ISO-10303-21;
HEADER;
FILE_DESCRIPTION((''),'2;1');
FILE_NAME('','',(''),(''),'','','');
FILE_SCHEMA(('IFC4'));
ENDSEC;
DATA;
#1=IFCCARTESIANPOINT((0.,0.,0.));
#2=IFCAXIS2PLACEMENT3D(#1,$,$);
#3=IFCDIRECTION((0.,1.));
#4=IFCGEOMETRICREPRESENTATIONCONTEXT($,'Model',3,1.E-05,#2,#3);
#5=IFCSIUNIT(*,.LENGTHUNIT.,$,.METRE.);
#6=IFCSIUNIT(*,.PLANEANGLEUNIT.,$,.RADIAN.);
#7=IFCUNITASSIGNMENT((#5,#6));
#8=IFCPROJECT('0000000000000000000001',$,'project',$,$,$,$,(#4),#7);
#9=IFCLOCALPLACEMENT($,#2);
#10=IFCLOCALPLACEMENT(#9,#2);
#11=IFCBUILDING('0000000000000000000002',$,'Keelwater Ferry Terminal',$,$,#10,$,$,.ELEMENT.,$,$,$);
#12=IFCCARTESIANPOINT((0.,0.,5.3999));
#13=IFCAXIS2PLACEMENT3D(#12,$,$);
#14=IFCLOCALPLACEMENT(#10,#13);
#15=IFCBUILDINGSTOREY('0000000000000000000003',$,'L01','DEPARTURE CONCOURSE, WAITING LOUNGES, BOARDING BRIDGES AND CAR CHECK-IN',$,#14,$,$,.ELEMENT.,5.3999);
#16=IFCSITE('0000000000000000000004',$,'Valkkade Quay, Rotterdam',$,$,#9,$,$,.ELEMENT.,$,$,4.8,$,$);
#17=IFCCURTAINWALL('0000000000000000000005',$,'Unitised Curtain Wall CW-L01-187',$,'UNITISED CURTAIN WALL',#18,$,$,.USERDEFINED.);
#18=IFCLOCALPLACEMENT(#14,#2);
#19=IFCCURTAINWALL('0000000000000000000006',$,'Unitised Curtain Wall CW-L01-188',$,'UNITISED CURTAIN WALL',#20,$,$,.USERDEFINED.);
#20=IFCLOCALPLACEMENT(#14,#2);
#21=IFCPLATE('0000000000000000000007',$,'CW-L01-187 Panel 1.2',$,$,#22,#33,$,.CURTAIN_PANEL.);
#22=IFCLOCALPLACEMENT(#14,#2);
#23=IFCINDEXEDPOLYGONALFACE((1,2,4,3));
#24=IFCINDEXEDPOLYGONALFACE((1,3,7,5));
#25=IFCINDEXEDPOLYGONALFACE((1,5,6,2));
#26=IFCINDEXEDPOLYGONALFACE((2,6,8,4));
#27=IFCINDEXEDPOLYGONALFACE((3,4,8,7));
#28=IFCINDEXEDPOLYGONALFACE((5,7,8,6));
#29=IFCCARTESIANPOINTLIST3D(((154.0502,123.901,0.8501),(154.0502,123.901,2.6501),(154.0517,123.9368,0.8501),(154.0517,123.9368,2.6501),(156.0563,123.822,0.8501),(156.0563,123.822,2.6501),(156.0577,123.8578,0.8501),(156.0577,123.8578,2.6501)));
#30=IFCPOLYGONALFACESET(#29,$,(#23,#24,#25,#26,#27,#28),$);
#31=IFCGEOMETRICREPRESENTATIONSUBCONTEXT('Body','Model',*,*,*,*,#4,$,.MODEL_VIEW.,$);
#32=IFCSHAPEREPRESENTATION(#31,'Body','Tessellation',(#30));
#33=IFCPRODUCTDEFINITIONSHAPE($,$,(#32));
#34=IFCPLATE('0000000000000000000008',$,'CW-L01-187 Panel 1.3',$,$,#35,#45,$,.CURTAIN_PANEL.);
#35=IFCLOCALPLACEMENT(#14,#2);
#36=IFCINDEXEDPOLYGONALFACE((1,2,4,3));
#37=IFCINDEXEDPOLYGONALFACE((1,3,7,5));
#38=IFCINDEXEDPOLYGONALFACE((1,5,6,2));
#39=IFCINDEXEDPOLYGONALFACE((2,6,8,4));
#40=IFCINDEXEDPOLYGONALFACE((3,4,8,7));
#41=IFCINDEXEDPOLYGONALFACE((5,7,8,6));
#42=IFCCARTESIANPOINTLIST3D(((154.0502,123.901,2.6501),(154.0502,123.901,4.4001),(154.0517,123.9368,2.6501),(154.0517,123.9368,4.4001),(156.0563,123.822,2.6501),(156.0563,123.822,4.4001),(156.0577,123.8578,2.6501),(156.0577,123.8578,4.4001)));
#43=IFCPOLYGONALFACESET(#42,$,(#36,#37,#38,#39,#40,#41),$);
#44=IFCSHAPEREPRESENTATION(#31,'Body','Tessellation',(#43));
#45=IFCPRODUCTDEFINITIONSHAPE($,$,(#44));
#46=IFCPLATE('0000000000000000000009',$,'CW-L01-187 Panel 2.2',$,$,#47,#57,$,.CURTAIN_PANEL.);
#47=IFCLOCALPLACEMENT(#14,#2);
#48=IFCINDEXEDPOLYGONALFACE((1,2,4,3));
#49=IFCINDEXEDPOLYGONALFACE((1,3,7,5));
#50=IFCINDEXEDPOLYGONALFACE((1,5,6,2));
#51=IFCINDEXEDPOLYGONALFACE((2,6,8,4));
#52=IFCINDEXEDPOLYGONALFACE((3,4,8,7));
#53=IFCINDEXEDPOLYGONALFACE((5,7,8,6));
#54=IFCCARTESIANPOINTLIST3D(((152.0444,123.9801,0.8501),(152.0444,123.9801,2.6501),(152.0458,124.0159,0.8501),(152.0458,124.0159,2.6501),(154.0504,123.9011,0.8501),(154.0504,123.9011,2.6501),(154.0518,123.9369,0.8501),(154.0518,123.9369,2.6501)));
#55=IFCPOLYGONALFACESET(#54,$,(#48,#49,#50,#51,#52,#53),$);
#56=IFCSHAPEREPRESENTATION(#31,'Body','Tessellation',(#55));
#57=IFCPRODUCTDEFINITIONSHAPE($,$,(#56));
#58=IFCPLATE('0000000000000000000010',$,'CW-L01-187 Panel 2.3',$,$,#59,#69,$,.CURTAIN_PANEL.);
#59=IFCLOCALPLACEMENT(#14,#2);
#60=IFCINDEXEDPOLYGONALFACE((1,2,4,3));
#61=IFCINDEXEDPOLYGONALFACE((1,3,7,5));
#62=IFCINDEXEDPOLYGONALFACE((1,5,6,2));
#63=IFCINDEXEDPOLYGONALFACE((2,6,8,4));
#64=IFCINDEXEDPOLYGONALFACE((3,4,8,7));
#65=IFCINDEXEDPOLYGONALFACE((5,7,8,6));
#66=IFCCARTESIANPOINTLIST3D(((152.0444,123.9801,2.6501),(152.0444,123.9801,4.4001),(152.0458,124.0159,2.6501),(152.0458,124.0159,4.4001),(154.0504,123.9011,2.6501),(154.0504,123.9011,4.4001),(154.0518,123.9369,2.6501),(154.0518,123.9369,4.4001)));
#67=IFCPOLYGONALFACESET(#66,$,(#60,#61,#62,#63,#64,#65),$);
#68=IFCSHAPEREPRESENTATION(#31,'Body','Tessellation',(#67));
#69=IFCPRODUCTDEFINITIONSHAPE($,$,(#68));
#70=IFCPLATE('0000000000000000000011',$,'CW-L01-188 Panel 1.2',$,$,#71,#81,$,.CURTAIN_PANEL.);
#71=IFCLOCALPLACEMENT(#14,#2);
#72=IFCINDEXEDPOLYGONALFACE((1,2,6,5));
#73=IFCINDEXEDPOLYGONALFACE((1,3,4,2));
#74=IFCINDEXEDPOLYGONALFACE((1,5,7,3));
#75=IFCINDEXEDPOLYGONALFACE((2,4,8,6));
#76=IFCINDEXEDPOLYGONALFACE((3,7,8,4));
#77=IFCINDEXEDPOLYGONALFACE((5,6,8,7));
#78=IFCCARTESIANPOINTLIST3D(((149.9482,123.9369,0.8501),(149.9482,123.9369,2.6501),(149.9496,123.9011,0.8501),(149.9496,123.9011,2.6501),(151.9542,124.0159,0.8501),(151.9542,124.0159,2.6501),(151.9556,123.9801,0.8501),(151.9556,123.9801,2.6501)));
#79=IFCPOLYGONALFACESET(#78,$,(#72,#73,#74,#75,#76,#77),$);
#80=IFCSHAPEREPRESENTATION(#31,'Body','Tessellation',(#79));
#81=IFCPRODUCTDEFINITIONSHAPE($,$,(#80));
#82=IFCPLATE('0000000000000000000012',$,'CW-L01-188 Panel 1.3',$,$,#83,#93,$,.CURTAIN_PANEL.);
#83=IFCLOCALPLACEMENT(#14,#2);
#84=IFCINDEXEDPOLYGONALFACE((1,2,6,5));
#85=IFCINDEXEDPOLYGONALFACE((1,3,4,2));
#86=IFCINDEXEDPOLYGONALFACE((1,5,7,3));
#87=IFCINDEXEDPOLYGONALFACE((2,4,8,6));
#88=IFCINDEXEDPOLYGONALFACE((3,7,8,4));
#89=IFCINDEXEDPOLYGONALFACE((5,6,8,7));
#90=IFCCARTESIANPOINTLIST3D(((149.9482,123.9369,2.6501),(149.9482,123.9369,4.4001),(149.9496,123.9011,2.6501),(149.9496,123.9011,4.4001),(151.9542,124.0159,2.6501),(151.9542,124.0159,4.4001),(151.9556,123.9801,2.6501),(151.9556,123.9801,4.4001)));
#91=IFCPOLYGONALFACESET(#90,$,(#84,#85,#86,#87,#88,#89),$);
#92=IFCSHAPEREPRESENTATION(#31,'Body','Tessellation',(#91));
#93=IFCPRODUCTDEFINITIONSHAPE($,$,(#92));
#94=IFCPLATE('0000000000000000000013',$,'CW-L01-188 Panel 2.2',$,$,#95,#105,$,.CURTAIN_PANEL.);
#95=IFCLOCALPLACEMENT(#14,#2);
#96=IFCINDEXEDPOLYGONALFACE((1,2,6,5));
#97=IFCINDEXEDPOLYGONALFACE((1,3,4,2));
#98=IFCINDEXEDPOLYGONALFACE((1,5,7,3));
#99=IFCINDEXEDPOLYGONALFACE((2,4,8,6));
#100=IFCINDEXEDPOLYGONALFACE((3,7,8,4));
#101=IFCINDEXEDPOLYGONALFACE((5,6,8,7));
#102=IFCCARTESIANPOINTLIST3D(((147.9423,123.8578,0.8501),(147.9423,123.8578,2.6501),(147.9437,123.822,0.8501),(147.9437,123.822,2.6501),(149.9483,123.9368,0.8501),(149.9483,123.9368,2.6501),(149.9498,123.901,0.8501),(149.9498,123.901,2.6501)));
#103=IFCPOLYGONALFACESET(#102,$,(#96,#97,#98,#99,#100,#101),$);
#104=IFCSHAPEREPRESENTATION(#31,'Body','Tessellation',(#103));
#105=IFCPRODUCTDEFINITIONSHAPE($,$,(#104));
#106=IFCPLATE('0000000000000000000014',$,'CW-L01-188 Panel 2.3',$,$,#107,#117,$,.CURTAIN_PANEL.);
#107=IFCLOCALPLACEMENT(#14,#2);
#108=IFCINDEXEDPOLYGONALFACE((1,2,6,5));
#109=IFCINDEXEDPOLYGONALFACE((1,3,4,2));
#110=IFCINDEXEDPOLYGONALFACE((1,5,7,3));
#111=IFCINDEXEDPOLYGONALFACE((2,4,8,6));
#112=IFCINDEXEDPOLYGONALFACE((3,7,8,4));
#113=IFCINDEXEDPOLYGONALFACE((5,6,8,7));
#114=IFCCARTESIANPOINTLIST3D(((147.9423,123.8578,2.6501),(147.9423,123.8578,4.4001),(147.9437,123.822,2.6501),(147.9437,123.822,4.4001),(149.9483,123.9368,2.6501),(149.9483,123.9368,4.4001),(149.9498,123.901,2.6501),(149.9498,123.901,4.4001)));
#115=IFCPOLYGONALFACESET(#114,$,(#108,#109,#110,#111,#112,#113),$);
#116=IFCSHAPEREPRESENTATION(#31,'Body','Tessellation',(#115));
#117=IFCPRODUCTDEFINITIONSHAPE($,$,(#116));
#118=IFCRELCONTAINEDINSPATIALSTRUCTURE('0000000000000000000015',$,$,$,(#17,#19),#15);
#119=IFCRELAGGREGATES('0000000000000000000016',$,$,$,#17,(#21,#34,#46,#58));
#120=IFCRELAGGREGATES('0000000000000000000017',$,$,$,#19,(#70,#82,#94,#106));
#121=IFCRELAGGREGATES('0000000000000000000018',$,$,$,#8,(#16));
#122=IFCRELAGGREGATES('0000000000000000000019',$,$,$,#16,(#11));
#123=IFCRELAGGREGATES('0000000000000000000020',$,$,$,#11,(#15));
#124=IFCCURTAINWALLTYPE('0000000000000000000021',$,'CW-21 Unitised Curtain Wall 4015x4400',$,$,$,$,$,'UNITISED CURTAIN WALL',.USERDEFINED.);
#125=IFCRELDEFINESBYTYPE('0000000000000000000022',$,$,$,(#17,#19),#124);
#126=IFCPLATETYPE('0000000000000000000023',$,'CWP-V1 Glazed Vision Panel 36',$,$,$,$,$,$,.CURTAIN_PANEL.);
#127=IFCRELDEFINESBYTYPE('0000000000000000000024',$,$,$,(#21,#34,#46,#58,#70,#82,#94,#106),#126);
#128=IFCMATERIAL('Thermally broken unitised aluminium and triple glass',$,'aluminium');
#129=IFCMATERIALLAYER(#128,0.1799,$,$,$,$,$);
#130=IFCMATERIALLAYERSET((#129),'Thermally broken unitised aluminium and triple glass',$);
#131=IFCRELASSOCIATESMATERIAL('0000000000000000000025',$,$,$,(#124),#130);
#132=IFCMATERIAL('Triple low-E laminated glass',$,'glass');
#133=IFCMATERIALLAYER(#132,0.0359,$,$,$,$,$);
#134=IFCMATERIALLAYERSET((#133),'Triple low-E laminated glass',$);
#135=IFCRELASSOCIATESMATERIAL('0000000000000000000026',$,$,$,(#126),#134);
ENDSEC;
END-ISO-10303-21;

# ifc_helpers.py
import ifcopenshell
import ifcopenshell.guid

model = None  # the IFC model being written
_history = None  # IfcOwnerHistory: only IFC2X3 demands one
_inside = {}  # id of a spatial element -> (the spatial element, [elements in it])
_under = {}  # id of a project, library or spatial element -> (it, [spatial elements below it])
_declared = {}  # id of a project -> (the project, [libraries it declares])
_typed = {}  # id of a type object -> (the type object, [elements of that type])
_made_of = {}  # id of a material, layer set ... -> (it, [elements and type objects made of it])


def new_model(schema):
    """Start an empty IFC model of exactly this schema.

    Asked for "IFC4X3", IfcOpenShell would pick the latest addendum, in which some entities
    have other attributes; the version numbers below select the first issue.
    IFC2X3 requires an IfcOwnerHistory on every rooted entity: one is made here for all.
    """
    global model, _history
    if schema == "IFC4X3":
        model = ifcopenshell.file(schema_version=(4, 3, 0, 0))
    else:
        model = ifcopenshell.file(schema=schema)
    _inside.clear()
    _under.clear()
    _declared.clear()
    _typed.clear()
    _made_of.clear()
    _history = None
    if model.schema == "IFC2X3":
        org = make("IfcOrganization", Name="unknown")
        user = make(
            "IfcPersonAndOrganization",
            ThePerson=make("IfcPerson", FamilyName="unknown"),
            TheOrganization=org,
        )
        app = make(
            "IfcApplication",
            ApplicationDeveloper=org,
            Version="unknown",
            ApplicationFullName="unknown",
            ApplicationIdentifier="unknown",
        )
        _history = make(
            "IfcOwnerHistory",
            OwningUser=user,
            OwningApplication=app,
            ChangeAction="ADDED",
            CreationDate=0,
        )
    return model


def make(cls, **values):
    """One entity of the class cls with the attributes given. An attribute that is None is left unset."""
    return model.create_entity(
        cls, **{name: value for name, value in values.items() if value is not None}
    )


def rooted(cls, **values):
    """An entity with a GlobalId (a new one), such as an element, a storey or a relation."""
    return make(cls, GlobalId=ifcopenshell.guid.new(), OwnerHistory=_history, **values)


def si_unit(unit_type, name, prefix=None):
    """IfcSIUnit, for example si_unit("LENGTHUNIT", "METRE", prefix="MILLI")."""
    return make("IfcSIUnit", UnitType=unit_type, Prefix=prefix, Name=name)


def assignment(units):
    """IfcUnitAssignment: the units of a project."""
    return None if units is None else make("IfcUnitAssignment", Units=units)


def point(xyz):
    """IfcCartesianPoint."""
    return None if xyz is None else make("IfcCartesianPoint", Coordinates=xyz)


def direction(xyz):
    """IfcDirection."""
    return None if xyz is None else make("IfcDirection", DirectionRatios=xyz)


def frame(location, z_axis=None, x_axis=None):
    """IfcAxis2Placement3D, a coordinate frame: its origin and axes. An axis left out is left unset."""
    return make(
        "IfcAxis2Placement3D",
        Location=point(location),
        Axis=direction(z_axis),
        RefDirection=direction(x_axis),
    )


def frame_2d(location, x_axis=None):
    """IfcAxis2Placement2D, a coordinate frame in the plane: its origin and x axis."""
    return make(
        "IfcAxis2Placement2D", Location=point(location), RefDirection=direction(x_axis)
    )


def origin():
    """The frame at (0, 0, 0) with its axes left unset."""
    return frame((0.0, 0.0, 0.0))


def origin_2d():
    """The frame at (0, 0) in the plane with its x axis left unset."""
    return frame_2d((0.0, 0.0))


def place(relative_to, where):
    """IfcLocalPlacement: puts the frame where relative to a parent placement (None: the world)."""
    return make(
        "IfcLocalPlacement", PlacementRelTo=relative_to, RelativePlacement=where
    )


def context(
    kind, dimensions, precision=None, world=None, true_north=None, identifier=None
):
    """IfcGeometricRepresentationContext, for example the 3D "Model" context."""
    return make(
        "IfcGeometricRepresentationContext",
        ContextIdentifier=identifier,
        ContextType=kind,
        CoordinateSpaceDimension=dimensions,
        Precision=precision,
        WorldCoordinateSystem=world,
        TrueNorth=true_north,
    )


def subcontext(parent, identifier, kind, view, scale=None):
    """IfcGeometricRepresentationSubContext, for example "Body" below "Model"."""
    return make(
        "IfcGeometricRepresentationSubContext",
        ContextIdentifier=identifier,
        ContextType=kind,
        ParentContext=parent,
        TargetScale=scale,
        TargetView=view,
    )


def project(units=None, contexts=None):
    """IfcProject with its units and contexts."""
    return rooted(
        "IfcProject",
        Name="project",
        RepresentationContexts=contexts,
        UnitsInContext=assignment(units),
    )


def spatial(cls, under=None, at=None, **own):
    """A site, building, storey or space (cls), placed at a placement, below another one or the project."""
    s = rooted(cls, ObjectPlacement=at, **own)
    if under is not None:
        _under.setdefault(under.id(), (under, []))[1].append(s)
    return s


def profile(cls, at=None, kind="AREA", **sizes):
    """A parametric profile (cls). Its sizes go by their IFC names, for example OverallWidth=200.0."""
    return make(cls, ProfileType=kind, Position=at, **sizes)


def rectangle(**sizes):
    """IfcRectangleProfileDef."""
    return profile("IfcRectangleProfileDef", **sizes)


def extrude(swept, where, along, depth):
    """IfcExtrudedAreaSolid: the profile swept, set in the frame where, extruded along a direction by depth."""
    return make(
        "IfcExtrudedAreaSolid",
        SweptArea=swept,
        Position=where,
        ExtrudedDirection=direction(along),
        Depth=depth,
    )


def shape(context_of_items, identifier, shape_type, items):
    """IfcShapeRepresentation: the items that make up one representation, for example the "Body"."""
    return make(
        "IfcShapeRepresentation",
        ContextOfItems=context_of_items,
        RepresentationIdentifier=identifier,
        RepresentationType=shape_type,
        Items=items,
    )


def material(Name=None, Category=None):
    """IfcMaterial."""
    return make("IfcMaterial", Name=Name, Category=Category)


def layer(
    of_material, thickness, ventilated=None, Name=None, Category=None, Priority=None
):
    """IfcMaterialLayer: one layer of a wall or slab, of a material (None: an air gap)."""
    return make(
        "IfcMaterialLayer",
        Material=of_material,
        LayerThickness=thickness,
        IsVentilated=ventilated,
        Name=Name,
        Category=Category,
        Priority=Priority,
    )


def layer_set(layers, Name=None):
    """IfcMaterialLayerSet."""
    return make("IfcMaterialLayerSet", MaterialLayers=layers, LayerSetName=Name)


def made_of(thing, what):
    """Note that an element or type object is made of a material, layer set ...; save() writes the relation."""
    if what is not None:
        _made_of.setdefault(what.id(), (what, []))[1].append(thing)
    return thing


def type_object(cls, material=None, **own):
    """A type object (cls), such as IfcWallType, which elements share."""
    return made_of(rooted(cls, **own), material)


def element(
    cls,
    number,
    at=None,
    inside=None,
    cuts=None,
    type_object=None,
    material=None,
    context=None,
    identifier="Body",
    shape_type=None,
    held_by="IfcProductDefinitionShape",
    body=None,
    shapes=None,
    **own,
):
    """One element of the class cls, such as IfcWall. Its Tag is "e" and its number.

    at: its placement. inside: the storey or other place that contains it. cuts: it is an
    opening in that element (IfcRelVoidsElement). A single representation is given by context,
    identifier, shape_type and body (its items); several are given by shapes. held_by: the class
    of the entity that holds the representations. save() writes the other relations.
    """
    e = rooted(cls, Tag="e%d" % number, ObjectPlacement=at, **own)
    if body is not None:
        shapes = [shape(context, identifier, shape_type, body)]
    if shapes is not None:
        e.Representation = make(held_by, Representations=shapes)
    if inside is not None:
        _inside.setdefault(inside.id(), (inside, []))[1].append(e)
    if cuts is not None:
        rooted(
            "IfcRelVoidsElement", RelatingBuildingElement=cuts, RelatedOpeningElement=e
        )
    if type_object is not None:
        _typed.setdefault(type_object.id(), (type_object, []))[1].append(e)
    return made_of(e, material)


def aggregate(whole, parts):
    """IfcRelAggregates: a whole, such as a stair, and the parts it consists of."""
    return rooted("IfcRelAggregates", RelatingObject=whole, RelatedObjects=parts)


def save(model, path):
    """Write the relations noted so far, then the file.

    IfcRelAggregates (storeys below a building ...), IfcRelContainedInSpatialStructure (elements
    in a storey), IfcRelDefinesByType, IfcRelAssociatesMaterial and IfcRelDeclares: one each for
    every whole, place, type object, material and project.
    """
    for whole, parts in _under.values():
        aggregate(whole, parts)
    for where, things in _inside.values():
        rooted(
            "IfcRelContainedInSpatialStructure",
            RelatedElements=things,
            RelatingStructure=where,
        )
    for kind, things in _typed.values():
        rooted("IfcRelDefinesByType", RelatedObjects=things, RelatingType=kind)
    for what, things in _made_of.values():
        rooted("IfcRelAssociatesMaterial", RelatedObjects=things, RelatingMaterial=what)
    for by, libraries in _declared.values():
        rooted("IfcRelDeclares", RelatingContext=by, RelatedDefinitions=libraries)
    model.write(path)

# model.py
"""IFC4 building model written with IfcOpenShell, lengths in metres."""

from ifc_helpers import new_model, si_unit, direction, frame, origin, origin_2d, place, context, subcontext, project, spatial, rectangle, extrude, material, layer, layer_set, type_object, element, aggregate, save


model = new_model("IFC4")

# Units and contexts
model_context = context("Model", 3, precision=1e-05, world=origin(), true_north=direction((0.0, 1.0)))
body_context = subcontext(model_context, "Body", "Model", "MODEL_VIEW")
ifc_project = project(units=[si_unit("LENGTHUNIT", "METRE"), si_unit("PLANEANGLEUNIT", "RADIAN")], contexts=[model_context])

# Site, building, storey
site_placement = place(None, origin())
site = spatial("IfcSite", under=ifc_project, at=site_placement, Name="Valkkade Quay, Rotterdam", CompositionType="ELEMENT", RefElevation=4.8)
building_placement = place(site_placement, origin())
building = spatial("IfcBuilding", under=site, at=building_placement, Name="Keelwater Ferry Terminal", CompositionType="ELEMENT")
storey_placement = place(building_placement, frame((0.0, 0.0, 5.3999)))
storey = spatial("IfcBuildingStorey", under=building, at=storey_placement, Name="L01", Description="DEPARTURE CONCOURSE, WAITING LOUNGES, BOARDING BRIDGES AND CAR CHECK-IN", CompositionType="ELEMENT", Elevation=5.3999)

# Shared definitions
ifc_material_1 = material(Name="Thermally broken unitised aluminium and triple glass", Category="aluminium")
ifc_layer_1 = layer(ifc_material_1, 0.1799)
ifc_layer_set_1 = layer_set([ifc_layer_1], Name="Thermally broken unitised aluminium and triple glass")
curtain_wall_type = type_object("IfcCurtainWallType", Name="CW-21 Unitised Curtain Wall 4015x4400", ElementType="UNITISED CURTAIN WALL", PredefinedType="USERDEFINED", material=ifc_layer_set_1)

# Curtain walls
curtain_wall_1_placement = place(storey_placement, origin())
curtain_wall_1 = element("IfcCurtainWall", 1, at=curtain_wall_1_placement, inside=storey, type_object=curtain_wall_type, Name="Unitised Curtain Wall CW-L01-187", ObjectType="UNITISED CURTAIN WALL", PredefinedType="USERDEFINED")
curtain_wall_2_placement = place(storey_placement, origin())
curtain_wall_2 = element("IfcCurtainWall", 2, at=curtain_wall_2_placement, inside=storey, type_object=curtain_wall_type, Name="Unitised Curtain Wall CW-L01-188", ObjectType="UNITISED CURTAIN WALL", PredefinedType="USERDEFINED")

# Plates
ifc_material_2 = material(Name="Triple low-E laminated glass", Category="glass")
ifc_layer_2 = layer(ifc_material_2, 0.0359)
ifc_layer_set_2 = layer_set([ifc_layer_2], Name="Triple low-E laminated glass")
plate_type_1 = type_object("IfcPlateType", Name="CWP-V1 Glazed Vision Panel 36", PredefinedType="CURTAIN_PANEL", material=ifc_layer_set_2)
plate_1_placement = place(storey_placement, frame((155.054, 123.8794, 0.8501), z_axis=(0.0, 0.0, 1.0), x_axis=(-0.999225, 0.039351, 0.0)))
plate_1 = element("IfcPlate", 3, at=plate_1_placement, type_object=plate_type_1, Name="CW-L01-187 Panel 1.2", PredefinedType="CURTAIN_PANEL", context=body_context, shape_type="SweptSolid", body=[
    extrude(rectangle(XDim=2.0076, YDim=0.0359, at=origin_2d()), origin(), (0.0, 0.0, 1.0), 1.8),
])
plate_2_placement = place(storey_placement, frame((155.054, 123.8794, 2.6501), z_axis=(0.0, 0.0, 1.0), x_axis=(-0.999225, 0.039351, 0.0)))
plate_2 = element("IfcPlate", 4, at=plate_2_placement, type_object=plate_type_1, Name="CW-L01-187 Panel 1.3", PredefinedType="CURTAIN_PANEL", context=body_context, shape_type="SweptSolid", body=[
    extrude(rectangle(XDim=2.0076, YDim=0.0359, at=origin_2d()), origin(), (0.0, 0.0, 1.0), 1.75),
])
plate_3_placement = place(storey_placement, frame((153.0481, 123.9585, 0.8501), z_axis=(0.0, 0.0, 1.0), x_axis=(-0.999225, 0.039351, 0.0)))
plate_3 = element("IfcPlate", 5, at=plate_3_placement, type_object=plate_type_1, Name="CW-L01-187 Panel 2.2", PredefinedType="CURTAIN_PANEL", context=body_context, shape_type="SweptSolid", body=[
    extrude(rectangle(XDim=2.0076, YDim=0.0359, at=origin_2d()), origin(), (0.0, 0.0, 1.0), 1.8),
])
plate_4_placement = place(storey_placement, frame((153.0481, 123.9585, 2.6501), z_axis=(0.0, 0.0, 1.0), x_axis=(-0.999225, 0.039351, 0.0)))
plate_4 = element("IfcPlate", 6, at=plate_4_placement, type_object=plate_type_1, Name="CW-L01-187 Panel 2.3", PredefinedType="CURTAIN_PANEL", context=body_context, shape_type="SweptSolid", body=[
    extrude(rectangle(XDim=2.0076, YDim=0.0359, at=origin_2d()), origin(), (0.0, 0.0, 1.0), 1.75),
])
aggregate(curtain_wall_1, [plate_1, plate_2, plate_3, plate_4])
plate_5_placement = place(storey_placement, frame((150.9519, 123.9585, 0.8501), z_axis=(0.0, 0.0, 1.0), x_axis=(-0.999225, -0.039351, 0.0)))
plate_5 = element("IfcPlate", 7, at=plate_5_placement, type_object=plate_type_1, Name="CW-L01-188 Panel 1.2", PredefinedType="CURTAIN_PANEL", context=body_context, shape_type="SweptSolid", body=[
    extrude(rectangle(XDim=2.0076, YDim=0.0359, at=origin_2d()), origin(), (0.0, 0.0, 1.0), 1.8),
])
plate_6_placement = place(storey_placement, frame((150.9519, 123.9585, 2.6501), z_axis=(0.0, 0.0, 1.0), x_axis=(-0.999225, -0.039351, 0.0)))
plate_6 = element("IfcPlate", 8, at=plate_6_placement, type_object=plate_type_1, Name="CW-L01-188 Panel 1.3", PredefinedType="CURTAIN_PANEL", context=body_context, shape_type="SweptSolid", body=[
    extrude(rectangle(XDim=2.0076, YDim=0.0359, at=origin_2d()), origin(), (0.0, 0.0, 1.0), 1.75),
])
plate_7_placement = place(storey_placement, frame((148.946, 123.8794, 0.8501), z_axis=(0.0, 0.0, 1.0), x_axis=(-0.999225, -0.039351, 0.0)))
plate_7 = element("IfcPlate", 9, at=plate_7_placement, type_object=plate_type_1, Name="CW-L01-188 Panel 2.2", PredefinedType="CURTAIN_PANEL", context=body_context, shape_type="SweptSolid", body=[
    extrude(rectangle(XDim=2.0076, YDim=0.0359, at=origin_2d()), origin(), (0.0, 0.0, 1.0), 1.8),
])
plate_8_placement = place(storey_placement, frame((148.946, 123.8794, 2.6501), z_axis=(0.0, 0.0, 1.0), x_axis=(-0.999225, -0.039351, 0.0)))
plate_8 = element("IfcPlate", 10, at=plate_8_placement, type_object=plate_type_1, Name="CW-L01-188 Panel 2.3", PredefinedType="CURTAIN_PANEL", context=body_context, shape_type="SweptSolid", body=[
    extrude(rectangle(XDim=2.0076, YDim=0.0359, at=origin_2d()), origin(), (0.0, 0.0, 1.0), 1.75),
])
aggregate(curtain_wall_2, [plate_5, plate_6, plate_7, plate_8])

save(model, "model.ifc")
